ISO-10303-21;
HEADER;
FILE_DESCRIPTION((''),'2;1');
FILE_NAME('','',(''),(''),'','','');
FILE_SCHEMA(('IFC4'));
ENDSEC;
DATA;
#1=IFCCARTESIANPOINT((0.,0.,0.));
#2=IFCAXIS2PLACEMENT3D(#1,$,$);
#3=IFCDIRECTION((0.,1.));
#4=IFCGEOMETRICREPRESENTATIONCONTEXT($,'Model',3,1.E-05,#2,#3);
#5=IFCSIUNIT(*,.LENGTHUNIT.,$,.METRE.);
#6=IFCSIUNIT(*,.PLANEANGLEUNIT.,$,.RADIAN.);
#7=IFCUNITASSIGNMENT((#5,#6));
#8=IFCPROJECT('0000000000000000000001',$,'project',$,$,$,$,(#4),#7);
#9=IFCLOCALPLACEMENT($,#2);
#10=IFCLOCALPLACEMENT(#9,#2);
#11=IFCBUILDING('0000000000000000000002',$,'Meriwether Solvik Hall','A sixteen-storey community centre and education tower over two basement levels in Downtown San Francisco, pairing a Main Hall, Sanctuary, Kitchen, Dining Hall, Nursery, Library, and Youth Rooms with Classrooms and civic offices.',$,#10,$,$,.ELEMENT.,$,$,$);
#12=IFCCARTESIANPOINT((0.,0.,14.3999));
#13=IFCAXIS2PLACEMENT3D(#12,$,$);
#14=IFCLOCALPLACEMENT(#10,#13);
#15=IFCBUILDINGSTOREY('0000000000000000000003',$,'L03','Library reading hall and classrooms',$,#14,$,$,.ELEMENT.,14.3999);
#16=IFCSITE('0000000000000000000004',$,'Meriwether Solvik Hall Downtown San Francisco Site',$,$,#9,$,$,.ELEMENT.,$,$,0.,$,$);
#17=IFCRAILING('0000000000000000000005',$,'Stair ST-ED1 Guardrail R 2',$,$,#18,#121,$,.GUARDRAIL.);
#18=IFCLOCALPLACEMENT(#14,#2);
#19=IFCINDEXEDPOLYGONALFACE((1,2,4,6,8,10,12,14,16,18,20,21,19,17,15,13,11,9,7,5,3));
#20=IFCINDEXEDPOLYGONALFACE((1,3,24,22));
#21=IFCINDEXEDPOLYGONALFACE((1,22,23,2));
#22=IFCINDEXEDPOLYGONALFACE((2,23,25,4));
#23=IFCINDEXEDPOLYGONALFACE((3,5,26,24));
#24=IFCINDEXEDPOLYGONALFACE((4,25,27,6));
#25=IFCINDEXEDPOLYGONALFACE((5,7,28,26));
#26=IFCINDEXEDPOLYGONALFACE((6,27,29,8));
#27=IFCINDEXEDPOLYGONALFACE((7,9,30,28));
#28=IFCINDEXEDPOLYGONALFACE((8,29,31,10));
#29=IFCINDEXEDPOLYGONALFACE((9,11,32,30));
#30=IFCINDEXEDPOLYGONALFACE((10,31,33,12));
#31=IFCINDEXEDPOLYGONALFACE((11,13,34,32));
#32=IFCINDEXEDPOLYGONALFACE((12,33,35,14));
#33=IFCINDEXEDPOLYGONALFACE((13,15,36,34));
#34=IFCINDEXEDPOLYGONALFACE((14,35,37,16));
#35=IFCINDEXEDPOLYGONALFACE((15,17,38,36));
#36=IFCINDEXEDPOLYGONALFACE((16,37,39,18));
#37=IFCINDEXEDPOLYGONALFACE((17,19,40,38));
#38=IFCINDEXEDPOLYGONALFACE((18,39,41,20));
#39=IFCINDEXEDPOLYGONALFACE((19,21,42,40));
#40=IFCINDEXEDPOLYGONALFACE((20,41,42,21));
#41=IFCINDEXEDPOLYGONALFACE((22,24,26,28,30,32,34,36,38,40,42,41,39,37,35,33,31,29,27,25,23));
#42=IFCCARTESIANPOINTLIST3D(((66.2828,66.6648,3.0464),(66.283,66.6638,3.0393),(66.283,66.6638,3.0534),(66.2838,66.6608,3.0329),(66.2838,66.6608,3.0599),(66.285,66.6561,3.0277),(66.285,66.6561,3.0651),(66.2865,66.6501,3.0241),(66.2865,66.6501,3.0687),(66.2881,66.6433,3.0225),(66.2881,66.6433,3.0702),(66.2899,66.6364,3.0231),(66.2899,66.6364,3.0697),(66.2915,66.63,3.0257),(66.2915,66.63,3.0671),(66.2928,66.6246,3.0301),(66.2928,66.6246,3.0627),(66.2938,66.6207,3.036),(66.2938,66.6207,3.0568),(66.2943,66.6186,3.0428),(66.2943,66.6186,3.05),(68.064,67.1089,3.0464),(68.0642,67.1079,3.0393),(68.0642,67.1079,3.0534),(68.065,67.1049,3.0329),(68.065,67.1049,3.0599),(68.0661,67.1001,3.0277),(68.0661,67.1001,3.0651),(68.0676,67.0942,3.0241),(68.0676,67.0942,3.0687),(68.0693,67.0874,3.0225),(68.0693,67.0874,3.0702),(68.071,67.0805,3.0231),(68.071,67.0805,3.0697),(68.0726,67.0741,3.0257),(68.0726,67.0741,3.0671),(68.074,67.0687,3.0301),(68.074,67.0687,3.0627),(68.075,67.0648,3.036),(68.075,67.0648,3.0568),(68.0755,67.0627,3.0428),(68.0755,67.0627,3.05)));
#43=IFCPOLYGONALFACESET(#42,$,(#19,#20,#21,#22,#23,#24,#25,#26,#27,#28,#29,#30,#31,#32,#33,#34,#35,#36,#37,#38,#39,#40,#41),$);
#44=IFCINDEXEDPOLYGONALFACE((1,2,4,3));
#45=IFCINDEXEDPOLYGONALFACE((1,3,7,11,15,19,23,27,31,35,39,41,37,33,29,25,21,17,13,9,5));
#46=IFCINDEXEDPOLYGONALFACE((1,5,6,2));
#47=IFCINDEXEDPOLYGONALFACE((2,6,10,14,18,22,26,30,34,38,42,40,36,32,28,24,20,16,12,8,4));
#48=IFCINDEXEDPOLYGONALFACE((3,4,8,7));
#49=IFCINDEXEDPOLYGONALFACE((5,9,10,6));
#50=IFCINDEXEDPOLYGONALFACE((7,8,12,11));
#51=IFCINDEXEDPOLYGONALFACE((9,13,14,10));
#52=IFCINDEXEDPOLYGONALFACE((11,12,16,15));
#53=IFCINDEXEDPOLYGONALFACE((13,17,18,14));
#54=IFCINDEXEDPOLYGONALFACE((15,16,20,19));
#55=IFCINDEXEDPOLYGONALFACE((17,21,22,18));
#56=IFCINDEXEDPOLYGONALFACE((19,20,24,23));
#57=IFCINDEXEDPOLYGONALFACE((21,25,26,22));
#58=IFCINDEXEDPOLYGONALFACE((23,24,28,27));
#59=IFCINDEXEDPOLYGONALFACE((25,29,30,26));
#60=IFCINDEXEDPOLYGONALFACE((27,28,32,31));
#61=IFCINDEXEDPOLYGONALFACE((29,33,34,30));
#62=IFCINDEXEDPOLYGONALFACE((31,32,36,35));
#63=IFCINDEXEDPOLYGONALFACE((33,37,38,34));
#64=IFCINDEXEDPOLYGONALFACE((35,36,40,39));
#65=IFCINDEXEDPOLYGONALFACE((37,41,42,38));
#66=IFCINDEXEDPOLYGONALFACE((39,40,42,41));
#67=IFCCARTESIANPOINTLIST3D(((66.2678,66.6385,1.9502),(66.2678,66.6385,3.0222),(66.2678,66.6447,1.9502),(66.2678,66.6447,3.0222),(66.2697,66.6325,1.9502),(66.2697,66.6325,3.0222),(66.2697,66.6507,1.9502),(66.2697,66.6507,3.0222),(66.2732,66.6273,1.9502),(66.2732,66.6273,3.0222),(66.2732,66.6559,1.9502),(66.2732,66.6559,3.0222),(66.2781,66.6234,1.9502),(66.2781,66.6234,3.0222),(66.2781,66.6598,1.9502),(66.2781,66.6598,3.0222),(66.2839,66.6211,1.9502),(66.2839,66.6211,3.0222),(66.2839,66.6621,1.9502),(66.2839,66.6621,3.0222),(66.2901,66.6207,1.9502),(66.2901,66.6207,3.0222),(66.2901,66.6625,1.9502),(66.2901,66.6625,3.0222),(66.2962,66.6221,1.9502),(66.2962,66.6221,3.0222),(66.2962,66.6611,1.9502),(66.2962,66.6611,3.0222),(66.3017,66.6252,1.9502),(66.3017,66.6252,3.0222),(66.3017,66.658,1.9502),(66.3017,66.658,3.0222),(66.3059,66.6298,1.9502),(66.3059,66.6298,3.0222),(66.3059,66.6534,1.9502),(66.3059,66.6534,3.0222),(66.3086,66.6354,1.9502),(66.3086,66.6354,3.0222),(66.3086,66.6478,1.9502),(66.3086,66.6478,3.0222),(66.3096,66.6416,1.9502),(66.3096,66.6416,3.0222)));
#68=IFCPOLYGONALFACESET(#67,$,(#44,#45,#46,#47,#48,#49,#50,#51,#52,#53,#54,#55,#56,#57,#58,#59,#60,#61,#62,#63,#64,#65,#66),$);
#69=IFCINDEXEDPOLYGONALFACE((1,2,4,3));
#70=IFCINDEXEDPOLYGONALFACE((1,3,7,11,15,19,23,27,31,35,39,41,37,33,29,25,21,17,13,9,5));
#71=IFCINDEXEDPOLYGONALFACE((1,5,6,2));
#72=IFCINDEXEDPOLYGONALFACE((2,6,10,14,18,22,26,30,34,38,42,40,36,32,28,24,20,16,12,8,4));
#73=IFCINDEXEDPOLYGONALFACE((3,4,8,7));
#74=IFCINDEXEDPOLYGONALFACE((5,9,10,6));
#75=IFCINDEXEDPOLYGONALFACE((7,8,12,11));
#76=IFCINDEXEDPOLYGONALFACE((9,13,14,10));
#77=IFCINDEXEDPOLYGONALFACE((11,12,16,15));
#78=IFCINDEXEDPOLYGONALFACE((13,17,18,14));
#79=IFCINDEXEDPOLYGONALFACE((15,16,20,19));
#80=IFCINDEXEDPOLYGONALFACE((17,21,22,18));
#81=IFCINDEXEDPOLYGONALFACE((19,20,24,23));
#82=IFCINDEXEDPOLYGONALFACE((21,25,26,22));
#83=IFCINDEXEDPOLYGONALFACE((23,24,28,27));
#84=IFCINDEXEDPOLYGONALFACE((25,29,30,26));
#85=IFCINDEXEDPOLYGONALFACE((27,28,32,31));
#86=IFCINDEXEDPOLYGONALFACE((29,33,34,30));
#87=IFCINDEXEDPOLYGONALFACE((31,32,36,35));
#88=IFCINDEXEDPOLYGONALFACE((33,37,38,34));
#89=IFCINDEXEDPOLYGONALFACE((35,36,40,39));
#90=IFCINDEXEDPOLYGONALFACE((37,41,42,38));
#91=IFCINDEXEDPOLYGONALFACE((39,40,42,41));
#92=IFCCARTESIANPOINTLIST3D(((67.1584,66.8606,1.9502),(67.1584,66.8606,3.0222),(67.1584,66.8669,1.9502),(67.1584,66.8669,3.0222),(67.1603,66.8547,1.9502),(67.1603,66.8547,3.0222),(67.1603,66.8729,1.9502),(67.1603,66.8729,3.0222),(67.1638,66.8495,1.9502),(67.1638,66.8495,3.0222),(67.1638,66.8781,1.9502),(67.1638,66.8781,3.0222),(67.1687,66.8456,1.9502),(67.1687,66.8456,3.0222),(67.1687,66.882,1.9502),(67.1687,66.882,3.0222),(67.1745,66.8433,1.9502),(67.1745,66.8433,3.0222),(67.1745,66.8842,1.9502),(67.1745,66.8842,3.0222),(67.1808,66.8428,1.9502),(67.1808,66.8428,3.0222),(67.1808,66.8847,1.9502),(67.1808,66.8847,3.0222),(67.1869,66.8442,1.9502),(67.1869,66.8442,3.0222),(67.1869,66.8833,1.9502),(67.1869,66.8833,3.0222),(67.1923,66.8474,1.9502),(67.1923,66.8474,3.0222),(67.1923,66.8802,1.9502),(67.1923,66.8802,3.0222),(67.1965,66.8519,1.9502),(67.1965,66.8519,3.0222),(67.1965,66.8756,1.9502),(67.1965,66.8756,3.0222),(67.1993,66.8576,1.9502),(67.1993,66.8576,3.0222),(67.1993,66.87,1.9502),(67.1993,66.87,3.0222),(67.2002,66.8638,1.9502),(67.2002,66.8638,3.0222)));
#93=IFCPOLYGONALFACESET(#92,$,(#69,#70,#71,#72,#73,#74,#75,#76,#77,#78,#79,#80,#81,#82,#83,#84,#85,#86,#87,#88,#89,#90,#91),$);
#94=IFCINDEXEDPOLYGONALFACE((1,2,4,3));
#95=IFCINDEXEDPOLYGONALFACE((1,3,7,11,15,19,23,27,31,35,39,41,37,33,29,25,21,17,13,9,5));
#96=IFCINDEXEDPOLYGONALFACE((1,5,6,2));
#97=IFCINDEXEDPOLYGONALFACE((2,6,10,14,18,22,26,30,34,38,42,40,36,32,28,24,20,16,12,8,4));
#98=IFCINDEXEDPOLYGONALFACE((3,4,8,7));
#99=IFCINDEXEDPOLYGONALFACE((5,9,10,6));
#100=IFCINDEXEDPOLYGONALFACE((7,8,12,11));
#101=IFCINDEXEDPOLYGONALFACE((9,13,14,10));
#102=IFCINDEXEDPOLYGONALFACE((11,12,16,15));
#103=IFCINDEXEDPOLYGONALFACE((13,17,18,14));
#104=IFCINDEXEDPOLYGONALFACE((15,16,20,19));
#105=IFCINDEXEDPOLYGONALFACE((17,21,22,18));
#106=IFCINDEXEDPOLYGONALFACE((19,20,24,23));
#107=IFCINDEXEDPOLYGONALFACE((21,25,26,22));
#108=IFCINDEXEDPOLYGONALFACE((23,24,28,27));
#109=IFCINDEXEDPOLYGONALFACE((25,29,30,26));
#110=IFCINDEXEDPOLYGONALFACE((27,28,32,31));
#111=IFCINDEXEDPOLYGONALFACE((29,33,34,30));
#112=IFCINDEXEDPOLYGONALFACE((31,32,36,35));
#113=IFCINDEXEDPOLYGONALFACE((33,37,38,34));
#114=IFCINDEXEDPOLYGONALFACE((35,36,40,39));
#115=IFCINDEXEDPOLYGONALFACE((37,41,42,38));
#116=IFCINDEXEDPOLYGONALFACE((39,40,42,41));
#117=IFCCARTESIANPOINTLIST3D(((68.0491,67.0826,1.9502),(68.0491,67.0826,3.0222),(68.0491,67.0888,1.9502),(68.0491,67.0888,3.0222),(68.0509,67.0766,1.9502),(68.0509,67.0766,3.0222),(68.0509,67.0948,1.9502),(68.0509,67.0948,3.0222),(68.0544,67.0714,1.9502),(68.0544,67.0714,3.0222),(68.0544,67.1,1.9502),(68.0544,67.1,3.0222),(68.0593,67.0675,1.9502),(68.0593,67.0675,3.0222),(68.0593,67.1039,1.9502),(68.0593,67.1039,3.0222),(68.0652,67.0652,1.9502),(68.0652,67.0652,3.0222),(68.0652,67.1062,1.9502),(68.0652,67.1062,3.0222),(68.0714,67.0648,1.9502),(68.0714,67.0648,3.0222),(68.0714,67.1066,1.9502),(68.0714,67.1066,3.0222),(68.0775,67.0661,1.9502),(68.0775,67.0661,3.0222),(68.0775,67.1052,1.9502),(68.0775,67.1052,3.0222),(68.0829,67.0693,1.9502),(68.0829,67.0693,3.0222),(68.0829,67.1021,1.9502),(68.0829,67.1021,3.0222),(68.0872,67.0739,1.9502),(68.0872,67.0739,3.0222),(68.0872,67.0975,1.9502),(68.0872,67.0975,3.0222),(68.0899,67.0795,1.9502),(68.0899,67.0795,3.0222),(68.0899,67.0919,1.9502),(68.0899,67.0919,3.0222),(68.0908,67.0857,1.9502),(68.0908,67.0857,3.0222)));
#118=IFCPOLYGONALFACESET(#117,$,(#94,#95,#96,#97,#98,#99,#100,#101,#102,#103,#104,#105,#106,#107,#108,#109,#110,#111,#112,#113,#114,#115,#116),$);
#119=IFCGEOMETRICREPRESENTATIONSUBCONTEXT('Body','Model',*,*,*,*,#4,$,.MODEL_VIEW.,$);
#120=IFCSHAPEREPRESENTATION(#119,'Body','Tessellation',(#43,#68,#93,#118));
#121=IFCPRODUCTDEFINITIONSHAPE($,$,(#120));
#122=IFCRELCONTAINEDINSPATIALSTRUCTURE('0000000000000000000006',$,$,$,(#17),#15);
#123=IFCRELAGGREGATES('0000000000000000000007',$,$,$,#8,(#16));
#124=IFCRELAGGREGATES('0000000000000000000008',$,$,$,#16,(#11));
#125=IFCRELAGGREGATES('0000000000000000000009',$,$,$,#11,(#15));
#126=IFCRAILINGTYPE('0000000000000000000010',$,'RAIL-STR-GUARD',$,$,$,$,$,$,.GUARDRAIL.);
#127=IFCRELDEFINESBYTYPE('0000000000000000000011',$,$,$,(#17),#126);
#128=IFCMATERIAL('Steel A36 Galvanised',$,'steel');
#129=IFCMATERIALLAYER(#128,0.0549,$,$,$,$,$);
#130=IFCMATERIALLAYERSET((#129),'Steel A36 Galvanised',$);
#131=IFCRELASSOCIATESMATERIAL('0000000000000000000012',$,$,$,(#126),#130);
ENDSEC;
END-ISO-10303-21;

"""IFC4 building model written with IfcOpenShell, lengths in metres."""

from ifc_helpers import new_model, si_unit, direction, frame, origin, origin_2d, place, context, subcontext, project, spatial, circle, extrude, material, layer, layer_set, type_object, element, save


model = new_model("IFC4")

# Units and contexts
model_context = context("Model", 3, precision=1e-05, world=origin(), true_north=direction((0.0, 1.0)))
body_context = subcontext(model_context, "Body", "Model", "MODEL_VIEW")
ifc_project = project(units=[si_unit("LENGTHUNIT", "METRE"), si_unit("PLANEANGLEUNIT", "RADIAN")], contexts=[model_context])

# Site, building, storey
site_placement = place(None, origin())
site = spatial("IfcSite", under=ifc_project, at=site_placement, Name="Meriwether Solvik Hall Downtown San Francisco Site", CompositionType="ELEMENT", RefElevation=0.0)
building_placement = place(site_placement, origin())
building = spatial("IfcBuilding", under=site, at=building_placement, Name="Meriwether Solvik Hall", Description="A sixteen-storey community centre and education tower over two basement levels in Downtown San Francisco, pairing a Main Hall, Sanctuary, Kitchen, Dining Hall, Nursery, Library, and Youth Rooms with Classrooms and civic offices.", CompositionType="ELEMENT")
storey_placement = place(building_placement, frame((0.0, 0.0, 14.3999)))
storey = spatial("IfcBuildingStorey", under=building, at=storey_placement, Name="L03", Description="Library reading hall and classrooms", CompositionType="ELEMENT", Elevation=14.3999)

# Railing
ifc_material_1 = material(Name="Steel A36 Galvanised", Category="steel")
ifc_layer_1 = layer(ifc_material_1, 0.0549)
ifc_layer_set_1 = layer_set([ifc_layer_1], Name="Steel A36 Galvanised")
railing_type_1 = type_object("IfcRailingType", Name="RAIL-STR-GUARD", PredefinedType="GUARDRAIL", material=ifc_layer_set_1)
railing_1_placement = place(storey_placement, frame((66.2886, 66.6416, 1.9502)))
element("IfcRailing", 1, at=railing_1_placement, inside=storey, type_object=railing_type_1, Name="Stair ST-ED1 Guardrail R 2", PredefinedType="GUARDRAIL", context=body_context, shape_type="SweptSolid", body=[
    extrude(circle(Radius=0.0239, at=origin_2d()), frame((0.0, 0.0, 1.0962), z_axis=(0.970299, 0.24191, 0.0), x_axis=(-0.24191, 0.970299, 0.0)), (0.0, 0.0, 1.0), 1.8357),
    extrude(circle(Radius=0.021, at=origin_2d()), origin(), (0.0, 0.0, 1.0), 1.072),
    extrude(circle(Radius=0.021, at=origin_2d()), frame((0.8906, 0.2222, 0.0)), (0.0, 0.0, 1.0), 1.072),
    extrude(circle(Radius=0.021, at=origin_2d()), frame((1.7812, 0.4441, 0.0)), (0.0, 0.0, 1.0), 1.072),
])

save(model, "model.ifc")
